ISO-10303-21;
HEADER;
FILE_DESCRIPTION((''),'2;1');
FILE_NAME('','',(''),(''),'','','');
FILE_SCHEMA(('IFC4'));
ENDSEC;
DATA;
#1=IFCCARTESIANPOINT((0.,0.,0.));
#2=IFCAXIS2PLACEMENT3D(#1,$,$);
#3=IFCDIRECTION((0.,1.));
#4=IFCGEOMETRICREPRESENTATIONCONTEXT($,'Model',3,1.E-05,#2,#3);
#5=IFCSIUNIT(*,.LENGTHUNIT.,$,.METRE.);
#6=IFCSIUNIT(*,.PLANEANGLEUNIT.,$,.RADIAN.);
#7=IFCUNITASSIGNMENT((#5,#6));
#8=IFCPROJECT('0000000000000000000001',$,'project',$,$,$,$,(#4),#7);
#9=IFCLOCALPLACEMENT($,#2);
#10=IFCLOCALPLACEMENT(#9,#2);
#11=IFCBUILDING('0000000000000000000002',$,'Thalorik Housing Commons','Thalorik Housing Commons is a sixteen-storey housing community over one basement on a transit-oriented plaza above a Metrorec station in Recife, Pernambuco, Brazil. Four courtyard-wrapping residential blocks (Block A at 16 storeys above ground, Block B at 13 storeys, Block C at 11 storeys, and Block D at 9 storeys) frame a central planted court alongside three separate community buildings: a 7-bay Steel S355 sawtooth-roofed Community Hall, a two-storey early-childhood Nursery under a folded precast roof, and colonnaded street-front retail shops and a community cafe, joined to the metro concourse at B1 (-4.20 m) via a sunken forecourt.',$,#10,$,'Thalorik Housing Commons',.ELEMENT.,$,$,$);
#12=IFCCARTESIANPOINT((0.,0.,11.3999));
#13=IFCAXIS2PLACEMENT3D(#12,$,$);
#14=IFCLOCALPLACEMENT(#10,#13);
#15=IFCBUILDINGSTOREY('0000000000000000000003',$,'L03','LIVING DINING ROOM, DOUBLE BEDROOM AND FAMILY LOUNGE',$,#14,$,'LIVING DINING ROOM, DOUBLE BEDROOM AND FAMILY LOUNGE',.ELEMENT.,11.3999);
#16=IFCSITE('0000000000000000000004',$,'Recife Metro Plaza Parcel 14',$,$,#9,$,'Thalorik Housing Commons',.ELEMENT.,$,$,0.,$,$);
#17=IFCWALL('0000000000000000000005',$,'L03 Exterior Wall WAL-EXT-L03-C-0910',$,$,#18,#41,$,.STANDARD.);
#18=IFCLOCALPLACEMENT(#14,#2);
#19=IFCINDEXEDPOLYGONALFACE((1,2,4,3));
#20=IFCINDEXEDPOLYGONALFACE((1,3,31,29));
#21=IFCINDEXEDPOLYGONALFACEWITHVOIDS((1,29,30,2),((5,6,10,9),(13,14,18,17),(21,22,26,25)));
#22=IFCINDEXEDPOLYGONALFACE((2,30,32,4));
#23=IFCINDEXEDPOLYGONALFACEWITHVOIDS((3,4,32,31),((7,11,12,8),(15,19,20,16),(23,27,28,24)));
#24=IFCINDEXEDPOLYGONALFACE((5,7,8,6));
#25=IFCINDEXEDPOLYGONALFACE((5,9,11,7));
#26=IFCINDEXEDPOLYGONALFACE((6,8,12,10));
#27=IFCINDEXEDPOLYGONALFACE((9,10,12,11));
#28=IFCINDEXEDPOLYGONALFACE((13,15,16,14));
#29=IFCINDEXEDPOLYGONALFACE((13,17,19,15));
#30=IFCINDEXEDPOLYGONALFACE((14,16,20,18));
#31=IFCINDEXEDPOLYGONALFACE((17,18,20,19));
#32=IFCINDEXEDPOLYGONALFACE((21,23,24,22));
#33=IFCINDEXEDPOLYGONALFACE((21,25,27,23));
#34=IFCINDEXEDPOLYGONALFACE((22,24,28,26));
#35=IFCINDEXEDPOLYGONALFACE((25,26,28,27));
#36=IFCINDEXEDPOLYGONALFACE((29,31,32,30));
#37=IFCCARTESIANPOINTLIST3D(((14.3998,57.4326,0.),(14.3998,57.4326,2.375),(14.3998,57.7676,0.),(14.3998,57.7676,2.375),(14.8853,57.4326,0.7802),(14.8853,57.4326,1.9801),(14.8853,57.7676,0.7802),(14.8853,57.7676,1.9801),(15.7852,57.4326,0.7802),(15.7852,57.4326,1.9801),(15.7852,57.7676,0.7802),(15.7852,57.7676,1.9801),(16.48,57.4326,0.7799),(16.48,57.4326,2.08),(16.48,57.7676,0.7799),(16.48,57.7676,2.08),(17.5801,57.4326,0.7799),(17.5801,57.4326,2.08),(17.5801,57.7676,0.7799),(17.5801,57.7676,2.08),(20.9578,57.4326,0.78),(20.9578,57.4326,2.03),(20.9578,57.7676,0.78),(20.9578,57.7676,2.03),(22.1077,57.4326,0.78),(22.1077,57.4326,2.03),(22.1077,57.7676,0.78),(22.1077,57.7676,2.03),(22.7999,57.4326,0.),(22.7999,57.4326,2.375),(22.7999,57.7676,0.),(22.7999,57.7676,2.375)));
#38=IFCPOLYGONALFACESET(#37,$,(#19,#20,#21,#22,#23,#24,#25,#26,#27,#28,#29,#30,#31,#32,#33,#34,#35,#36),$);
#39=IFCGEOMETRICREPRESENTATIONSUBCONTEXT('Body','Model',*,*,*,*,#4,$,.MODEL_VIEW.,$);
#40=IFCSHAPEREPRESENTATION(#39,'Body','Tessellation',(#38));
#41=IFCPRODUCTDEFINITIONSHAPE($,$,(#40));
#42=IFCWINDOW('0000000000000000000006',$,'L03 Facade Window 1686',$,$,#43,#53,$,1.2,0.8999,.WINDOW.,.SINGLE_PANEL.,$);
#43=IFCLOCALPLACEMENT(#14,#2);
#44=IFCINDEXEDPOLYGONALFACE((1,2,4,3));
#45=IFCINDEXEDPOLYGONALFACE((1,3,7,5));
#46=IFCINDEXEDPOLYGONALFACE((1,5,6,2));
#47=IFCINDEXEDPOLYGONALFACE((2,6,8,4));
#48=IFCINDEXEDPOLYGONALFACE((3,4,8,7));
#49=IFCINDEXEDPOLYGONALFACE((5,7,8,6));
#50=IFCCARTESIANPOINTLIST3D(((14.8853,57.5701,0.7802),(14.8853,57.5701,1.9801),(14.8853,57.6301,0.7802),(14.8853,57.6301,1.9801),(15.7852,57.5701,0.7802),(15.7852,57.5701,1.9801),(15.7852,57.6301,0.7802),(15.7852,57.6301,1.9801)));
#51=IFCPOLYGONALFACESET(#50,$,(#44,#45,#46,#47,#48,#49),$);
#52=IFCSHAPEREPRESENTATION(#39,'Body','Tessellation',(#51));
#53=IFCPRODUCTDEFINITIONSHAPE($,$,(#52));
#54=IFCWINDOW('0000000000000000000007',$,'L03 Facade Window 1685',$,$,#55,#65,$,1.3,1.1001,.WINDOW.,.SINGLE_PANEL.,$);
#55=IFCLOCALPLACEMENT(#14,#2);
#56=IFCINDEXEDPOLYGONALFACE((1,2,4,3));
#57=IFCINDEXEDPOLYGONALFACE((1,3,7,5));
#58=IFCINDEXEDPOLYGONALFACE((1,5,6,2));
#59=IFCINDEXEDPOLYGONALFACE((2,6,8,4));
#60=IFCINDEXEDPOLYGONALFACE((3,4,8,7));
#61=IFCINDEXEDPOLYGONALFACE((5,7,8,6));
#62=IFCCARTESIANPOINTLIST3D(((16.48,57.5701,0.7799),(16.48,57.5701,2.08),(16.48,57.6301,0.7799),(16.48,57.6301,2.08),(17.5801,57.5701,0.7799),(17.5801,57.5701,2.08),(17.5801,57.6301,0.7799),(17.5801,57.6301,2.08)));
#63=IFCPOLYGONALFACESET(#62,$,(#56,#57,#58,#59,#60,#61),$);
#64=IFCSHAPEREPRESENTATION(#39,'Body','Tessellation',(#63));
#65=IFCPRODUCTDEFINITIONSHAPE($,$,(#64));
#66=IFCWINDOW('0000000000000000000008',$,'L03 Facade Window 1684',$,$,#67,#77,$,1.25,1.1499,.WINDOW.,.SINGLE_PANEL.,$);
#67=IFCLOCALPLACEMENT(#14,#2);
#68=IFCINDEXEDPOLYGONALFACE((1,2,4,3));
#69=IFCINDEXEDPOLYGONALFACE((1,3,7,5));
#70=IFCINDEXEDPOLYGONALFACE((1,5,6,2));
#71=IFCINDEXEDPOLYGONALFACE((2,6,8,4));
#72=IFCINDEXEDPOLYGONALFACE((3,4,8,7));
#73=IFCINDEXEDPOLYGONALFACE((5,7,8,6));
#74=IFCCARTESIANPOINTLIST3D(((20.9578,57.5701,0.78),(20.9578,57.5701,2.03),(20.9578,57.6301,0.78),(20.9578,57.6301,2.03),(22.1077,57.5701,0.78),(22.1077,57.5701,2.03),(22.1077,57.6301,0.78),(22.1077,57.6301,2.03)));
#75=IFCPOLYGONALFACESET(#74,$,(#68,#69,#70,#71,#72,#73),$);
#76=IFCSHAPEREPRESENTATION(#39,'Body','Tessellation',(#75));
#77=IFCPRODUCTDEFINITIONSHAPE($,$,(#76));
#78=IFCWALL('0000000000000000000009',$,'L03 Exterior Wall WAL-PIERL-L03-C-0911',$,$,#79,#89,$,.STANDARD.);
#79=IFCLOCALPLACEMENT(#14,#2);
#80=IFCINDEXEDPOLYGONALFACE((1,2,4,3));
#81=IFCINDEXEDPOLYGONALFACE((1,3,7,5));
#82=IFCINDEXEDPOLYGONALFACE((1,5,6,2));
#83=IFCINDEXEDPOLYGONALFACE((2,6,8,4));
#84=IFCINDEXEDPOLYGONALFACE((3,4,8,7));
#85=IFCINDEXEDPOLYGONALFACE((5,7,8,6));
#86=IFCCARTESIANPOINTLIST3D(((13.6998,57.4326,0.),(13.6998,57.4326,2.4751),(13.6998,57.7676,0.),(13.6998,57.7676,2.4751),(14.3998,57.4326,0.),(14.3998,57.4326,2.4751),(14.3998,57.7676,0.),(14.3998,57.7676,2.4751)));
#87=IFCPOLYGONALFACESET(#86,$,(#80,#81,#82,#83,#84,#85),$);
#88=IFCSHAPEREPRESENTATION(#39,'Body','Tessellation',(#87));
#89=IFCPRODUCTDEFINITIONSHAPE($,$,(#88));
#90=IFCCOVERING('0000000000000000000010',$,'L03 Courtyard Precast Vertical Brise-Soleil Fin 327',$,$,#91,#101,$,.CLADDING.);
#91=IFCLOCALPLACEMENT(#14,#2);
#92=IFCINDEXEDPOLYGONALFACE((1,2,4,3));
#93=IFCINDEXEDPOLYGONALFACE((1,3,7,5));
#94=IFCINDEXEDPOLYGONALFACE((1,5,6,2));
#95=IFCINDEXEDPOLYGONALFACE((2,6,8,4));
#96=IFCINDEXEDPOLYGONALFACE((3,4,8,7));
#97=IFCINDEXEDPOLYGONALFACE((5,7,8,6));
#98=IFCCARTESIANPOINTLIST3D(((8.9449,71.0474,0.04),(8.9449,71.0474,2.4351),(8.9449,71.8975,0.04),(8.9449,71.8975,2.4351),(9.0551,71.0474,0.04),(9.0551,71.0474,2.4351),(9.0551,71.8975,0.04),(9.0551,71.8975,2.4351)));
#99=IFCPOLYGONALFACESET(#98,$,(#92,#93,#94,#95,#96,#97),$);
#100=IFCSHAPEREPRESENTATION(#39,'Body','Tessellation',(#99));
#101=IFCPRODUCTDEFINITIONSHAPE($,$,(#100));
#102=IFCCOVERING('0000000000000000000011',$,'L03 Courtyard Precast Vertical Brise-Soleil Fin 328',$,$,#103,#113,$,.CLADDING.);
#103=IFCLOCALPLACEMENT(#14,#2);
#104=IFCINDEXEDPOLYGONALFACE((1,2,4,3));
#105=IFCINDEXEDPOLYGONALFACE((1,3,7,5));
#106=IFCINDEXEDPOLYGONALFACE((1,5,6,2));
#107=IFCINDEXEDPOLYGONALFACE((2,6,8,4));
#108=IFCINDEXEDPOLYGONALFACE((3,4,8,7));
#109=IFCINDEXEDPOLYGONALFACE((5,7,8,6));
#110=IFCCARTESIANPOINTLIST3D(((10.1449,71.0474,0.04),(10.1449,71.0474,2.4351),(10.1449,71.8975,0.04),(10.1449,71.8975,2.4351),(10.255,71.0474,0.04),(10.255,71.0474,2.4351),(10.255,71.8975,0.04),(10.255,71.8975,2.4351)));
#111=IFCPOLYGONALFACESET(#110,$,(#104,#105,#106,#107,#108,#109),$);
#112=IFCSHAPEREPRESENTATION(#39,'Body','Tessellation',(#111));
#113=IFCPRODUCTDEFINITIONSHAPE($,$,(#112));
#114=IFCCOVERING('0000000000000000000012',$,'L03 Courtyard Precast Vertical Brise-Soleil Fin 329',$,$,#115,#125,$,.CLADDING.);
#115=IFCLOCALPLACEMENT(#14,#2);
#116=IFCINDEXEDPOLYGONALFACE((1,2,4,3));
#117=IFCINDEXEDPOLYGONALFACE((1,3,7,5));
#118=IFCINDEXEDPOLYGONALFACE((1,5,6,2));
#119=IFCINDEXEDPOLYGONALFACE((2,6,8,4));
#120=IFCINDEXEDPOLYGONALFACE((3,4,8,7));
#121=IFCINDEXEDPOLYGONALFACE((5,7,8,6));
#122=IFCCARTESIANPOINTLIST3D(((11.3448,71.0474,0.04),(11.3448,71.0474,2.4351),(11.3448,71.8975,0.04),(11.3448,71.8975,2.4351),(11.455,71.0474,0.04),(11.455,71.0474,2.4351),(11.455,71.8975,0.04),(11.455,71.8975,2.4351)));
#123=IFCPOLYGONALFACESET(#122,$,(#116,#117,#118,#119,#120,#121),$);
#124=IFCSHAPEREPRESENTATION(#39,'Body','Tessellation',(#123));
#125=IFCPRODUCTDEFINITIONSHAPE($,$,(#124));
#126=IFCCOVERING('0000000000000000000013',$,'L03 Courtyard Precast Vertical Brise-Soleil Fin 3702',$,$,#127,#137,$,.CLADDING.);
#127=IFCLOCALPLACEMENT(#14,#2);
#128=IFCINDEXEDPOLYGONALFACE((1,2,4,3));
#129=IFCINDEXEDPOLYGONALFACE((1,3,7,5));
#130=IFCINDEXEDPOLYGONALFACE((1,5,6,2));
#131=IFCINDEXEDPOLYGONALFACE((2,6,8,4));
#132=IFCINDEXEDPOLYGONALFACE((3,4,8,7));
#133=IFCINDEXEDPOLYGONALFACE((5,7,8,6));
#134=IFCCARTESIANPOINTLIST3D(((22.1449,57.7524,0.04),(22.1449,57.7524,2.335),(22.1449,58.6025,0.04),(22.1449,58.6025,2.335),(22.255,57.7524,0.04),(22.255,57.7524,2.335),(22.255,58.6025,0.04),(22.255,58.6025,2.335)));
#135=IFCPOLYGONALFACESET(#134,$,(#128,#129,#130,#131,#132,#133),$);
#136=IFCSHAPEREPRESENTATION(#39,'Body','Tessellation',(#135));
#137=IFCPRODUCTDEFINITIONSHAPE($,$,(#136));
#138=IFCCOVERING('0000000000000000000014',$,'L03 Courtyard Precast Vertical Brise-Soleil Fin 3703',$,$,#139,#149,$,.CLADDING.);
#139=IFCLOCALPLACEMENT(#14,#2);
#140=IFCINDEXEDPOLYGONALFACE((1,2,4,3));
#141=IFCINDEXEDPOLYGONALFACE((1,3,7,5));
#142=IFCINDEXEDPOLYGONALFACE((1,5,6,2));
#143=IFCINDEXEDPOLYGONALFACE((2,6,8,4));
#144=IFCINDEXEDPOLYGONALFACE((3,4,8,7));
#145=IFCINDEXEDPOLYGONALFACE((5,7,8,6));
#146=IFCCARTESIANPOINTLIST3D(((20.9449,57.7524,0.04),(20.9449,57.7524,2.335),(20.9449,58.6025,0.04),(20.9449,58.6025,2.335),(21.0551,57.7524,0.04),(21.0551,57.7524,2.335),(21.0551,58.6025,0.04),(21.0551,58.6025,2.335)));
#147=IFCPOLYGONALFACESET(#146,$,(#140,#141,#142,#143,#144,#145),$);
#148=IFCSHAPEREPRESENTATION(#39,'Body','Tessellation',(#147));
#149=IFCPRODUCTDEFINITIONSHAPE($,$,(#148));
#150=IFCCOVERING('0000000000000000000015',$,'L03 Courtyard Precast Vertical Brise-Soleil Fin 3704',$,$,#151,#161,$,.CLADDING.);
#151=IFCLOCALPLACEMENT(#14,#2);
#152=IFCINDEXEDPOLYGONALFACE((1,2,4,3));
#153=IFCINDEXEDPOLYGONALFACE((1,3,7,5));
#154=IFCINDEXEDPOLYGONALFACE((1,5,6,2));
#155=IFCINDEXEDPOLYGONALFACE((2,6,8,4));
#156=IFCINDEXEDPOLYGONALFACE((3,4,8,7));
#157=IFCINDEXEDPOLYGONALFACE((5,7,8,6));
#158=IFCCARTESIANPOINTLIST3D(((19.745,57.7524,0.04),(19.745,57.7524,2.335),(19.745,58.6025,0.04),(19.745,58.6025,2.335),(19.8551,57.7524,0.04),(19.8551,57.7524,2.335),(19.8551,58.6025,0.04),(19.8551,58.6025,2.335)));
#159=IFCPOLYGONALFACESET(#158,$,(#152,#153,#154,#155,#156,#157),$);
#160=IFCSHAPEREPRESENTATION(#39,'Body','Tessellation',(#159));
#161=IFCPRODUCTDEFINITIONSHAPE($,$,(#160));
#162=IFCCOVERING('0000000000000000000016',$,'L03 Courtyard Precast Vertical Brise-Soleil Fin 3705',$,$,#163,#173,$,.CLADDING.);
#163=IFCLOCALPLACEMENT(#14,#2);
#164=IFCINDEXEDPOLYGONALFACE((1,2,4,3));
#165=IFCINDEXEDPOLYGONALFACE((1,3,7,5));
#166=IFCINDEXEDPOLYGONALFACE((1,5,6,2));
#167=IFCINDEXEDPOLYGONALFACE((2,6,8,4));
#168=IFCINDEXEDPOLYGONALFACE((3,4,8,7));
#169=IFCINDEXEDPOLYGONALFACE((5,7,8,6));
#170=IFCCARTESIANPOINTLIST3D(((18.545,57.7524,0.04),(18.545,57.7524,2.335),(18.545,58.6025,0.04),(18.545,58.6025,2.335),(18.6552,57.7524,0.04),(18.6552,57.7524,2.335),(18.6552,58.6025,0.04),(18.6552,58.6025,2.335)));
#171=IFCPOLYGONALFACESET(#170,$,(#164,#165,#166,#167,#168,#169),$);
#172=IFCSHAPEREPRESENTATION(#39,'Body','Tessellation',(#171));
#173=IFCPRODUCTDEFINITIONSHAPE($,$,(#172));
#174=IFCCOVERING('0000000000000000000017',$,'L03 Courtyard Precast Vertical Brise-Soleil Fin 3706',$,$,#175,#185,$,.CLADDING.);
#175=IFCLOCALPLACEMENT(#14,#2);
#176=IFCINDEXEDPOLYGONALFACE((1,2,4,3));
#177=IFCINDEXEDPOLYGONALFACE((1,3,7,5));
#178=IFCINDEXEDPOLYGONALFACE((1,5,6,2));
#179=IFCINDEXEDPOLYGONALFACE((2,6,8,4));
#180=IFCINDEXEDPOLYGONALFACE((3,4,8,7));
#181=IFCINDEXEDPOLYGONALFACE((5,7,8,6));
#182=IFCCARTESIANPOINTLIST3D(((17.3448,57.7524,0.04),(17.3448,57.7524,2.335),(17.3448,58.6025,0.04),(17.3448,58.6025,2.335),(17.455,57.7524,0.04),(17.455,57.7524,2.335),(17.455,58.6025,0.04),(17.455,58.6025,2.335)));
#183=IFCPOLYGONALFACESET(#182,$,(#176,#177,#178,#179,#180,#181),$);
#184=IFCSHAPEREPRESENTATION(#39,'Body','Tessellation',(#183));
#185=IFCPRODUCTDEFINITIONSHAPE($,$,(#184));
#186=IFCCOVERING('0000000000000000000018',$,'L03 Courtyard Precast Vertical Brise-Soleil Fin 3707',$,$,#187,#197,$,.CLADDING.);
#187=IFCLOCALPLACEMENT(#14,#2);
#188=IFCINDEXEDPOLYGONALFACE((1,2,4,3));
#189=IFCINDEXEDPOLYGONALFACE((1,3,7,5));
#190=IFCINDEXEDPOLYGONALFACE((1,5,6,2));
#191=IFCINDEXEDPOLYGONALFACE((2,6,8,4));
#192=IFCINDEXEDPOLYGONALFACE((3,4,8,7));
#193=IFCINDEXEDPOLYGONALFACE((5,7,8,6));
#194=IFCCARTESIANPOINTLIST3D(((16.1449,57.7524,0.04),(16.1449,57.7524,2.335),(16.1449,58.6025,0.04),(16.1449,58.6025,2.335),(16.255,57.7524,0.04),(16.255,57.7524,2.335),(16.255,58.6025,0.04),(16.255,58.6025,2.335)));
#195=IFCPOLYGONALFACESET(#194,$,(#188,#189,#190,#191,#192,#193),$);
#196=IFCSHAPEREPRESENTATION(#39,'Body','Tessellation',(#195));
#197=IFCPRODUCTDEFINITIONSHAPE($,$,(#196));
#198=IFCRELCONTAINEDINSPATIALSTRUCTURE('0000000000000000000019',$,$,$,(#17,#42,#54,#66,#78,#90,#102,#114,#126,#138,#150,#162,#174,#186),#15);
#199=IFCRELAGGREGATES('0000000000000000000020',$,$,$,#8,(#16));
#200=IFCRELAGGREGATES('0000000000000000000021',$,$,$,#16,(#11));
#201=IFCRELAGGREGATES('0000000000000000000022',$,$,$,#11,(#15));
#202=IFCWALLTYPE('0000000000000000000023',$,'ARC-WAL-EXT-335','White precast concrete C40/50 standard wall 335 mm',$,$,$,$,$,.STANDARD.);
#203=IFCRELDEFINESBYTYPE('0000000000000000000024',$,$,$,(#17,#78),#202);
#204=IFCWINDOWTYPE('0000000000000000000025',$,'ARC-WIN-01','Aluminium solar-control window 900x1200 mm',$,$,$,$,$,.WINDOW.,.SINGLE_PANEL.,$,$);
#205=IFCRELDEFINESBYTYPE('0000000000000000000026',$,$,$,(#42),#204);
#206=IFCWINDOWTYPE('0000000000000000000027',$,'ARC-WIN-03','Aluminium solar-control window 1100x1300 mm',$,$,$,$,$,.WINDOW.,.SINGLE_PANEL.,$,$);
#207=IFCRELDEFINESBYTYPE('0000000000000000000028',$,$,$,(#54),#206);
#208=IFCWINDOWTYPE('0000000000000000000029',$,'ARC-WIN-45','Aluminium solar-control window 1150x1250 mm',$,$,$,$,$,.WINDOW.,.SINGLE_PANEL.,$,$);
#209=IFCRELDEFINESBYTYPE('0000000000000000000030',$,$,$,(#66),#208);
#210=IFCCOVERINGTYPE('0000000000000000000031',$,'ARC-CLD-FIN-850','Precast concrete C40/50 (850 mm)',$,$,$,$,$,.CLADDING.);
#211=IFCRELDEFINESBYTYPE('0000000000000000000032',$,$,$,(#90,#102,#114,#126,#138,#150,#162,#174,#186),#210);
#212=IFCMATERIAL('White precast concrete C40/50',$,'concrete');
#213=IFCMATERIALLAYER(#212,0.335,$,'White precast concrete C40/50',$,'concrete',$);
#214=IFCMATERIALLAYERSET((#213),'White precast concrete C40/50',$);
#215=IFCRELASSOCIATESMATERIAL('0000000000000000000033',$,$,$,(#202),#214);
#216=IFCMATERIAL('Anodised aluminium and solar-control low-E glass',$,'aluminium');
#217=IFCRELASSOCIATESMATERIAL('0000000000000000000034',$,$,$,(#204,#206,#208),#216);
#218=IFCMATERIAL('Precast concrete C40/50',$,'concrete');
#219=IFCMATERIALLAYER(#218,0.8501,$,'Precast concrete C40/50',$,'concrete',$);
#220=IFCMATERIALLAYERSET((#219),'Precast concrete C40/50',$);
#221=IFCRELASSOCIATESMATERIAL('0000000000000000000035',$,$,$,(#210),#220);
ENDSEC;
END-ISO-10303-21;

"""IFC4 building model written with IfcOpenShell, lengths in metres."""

from ifc_helpers import new_model, si_unit, direction, frame, frame_2d, origin, origin_2d, place, context, subcontext, project, spatial, rectangle, extrude, material, layer, layer_set, type_object, element, fill, save


model = new_model("IFC4")

# Units and contexts
model_context = context("Model", 3, precision=1e-05, world=origin(), true_north=direction((0.0, 1.0)))
body_context = subcontext(model_context, "Body", "Model", "MODEL_VIEW")
ifc_project = project(units=[si_unit("LENGTHUNIT", "METRE"), si_unit("PLANEANGLEUNIT", "RADIAN")], contexts=[model_context])

# Site, building, storey
site_placement = place(None, origin())
site = spatial("IfcSite", under=ifc_project, at=site_placement, Name="Recife Metro Plaza Parcel 14", LongName="Thalorik Housing Commons", CompositionType="ELEMENT", RefElevation=0.0)
building_placement = place(site_placement, origin())
building = spatial("IfcBuilding", under=site, at=building_placement, Name="Thalorik Housing Commons", Description="Thalorik Housing Commons is a sixteen-storey housing community over one basement on a transit-oriented plaza above a Metrorec station in Recife, Pernambuco, Brazil. Four courtyard-wrapping residential blocks (Block A at 16 storeys above ground, Block B at 13 storeys, Block C at 11 storeys, and Block D at 9 storeys) frame a central planted court alongside three separate community buildings: a 7-bay Steel S355 sawtooth-roofed Community Hall, a two-storey early-childhood Nursery under a folded precast roof, and colonnaded street-front retail shops and a community cafe, joined to the metro concourse at B1 (-4.20 m) via a sunken forecourt.", LongName="Thalorik Housing Commons", CompositionType="ELEMENT")
storey_placement = place(building_placement, frame((0.0, 0.0, 11.3999)))
storey = spatial("IfcBuildingStorey", under=building, at=storey_placement, Name="L03", Description="LIVING DINING ROOM, DOUBLE BEDROOM AND FAMILY LOUNGE", LongName="LIVING DINING ROOM, DOUBLE BEDROOM AND FAMILY LOUNGE", CompositionType="ELEMENT", Elevation=11.3999)

# Shared definitions
ifc_material_1 = material(Name="Precast concrete C40/50", Category="concrete")

# Shared definitions
ifc_material_2 = material(Name="Anodised aluminium and solar-control low-E glass", Category="aluminium")

# Wall, openings, windows
ifc_material_3 = material(Name="White precast concrete C40/50", Category="concrete")
ifc_layer_1 = layer(ifc_material_3, 0.335, Name="White precast concrete C40/50", Category="concrete")
ifc_layer_set_1 = layer_set([ifc_layer_1], Name="White precast concrete C40/50")
wall_type = type_object("IfcWallType", Name="ARC-WAL-EXT-335", Description="White precast concrete C40/50 standard wall 335 mm", PredefinedType="STANDARD", material=ifc_layer_set_1)
wall_1_placement = place(storey_placement, frame((22.8, 57.6001, 0.0), z_axis=(0.0, 0.0, 1.0), x_axis=(-1.0, 0.0, 0.0)))
wall_1 = element("IfcWall", 1, at=wall_1_placement, inside=storey, type_object=wall_type, Name="L03 Exterior Wall WAL-EXT-L03-C-0910", PredefinedType="STANDARD", context=body_context, shape_type="SweptSolid", body=[
    extrude(rectangle(XDim=8.4001, YDim=0.335, at=frame_2d((4.2002, 0.0))), origin(), (0.0, 0.0, 1.0), 2.375),
])
opening_1_placement = place(wall_1_placement, frame((0.6924, 0.0, 0.78)))
opening_1 = element("IfcOpeningElement", 2, at=opening_1_placement, cuts=wall_1, PredefinedType="OPENING", context=body_context, shape_type="SweptSolid", body=[
    extrude(rectangle(XDim=1.1499, YDim=1.25, at=frame_2d((0.575, 0.625))), frame((0.0, 0.1775, 0.0), z_axis=(0.0, -1.0, 0.0), x_axis=(1.0, 0.0, 0.0)), (0.0, 0.0, 1.0), 0.355),
])
opening_2_placement = place(wall_1_placement, frame((5.22, 0.0, 0.78)))
opening_2 = element("IfcOpeningElement", 3, at=opening_2_placement, cuts=wall_1, PredefinedType="OPENING", context=body_context, shape_type="SweptSolid", body=[
    extrude(rectangle(XDim=1.1001, YDim=1.3, at=frame_2d((0.55, 0.6499))), frame((0.0, 0.1775, 0.0), z_axis=(0.0, -1.0, 0.0), x_axis=(1.0, 0.0, 0.0)), (0.0, 0.0, 1.0), 0.355),
])
opening_3_placement = place(wall_1_placement, frame((7.0149, 0.0, 0.78)))
opening_3 = element("IfcOpeningElement", 4, at=opening_3_placement, cuts=wall_1, PredefinedType="OPENING", context=body_context, shape_type="SweptSolid", body=[
    extrude(rectangle(XDim=0.8999, YDim=1.2, at=frame_2d((0.45, 0.6001))), frame((0.0, 0.1775, 0.0), z_axis=(0.0, -1.0, 0.0), x_axis=(1.0, 0.0, 0.0)), (0.0, 0.0, 1.0), 0.355),
])
window_type_1 = type_object("IfcWindowType", Name="ARC-WIN-01", Description="Aluminium solar-control window 900x1200 mm", PartitioningType="SINGLE_PANEL", PredefinedType="WINDOW", material=ifc_material_2)
window_1_placement = place(opening_3_placement, origin())
window_1 = element("IfcWindow", 5, at=window_1_placement, inside=storey, type_object=window_type_1, Name="L03 Facade Window 1686", OverallHeight=1.2, OverallWidth=0.8999, PartitioningType="SINGLE_PANEL", PredefinedType="WINDOW", context=body_context, shape_type="SweptSolid", body=[
    extrude(rectangle(XDim=0.8999, YDim=1.2, at=frame_2d((0.45, 0.6001))), frame((0.0, 0.03, 0.0), z_axis=(0.0, -1.0, 0.0), x_axis=(1.0, 0.0, 0.0)), (0.0, 0.0, 1.0), 0.0601),
])
fill(opening_3, window_1)
window_type_2 = type_object("IfcWindowType", Name="ARC-WIN-03", Description="Aluminium solar-control window 1100x1300 mm", PartitioningType="SINGLE_PANEL", PredefinedType="WINDOW", material=ifc_material_2)
window_2_placement = place(opening_2_placement, origin())
window_2 = element("IfcWindow", 6, at=window_2_placement, inside=storey, type_object=window_type_2, Name="L03 Facade Window 1685", OverallHeight=1.3, OverallWidth=1.1001, PartitioningType="SINGLE_PANEL", PredefinedType="WINDOW", context=body_context, shape_type="SweptSolid", body=[
    extrude(rectangle(XDim=1.1001, YDim=1.3, at=frame_2d((0.55, 0.6499))), frame((0.0, 0.03, 0.0), z_axis=(0.0, -1.0, 0.0), x_axis=(1.0, 0.0, 0.0)), (0.0, 0.0, 1.0), 0.0601),
])
fill(opening_2, window_2)
window_type_3 = type_object("IfcWindowType", Name="ARC-WIN-45", Description="Aluminium solar-control window 1150x1250 mm", PartitioningType="SINGLE_PANEL", PredefinedType="WINDOW", material=ifc_material_2)
window_3_placement = place(opening_1_placement, origin())
window_3 = element("IfcWindow", 7, at=window_3_placement, inside=storey, type_object=window_type_3, Name="L03 Facade Window 1684", OverallHeight=1.25, OverallWidth=1.1499, PartitioningType="SINGLE_PANEL", PredefinedType="WINDOW", context=body_context, shape_type="SweptSolid", body=[
    extrude(rectangle(XDim=1.1499, YDim=1.25, at=frame_2d((0.575, 0.625))), frame((0.0, 0.03, 0.0), z_axis=(0.0, -1.0, 0.0), x_axis=(1.0, 0.0, 0.0)), (0.0, 0.0, 1.0), 0.0601),
])
fill(opening_1, window_3)

# Wall
wall_2_placement = place(storey_placement, frame((14.3999, 57.6001, 0.0), z_axis=(0.0, 0.0, 1.0), x_axis=(-1.0, 0.0, 0.0)))
element("IfcWall", 8, at=wall_2_placement, inside=storey, type_object=wall_type, Name="L03 Exterior Wall WAL-PIERL-L03-C-0911", PredefinedType="STANDARD", context=body_context, shape_type="SweptSolid", body=[
    extrude(rectangle(XDim=0.7, YDim=0.335, at=frame_2d((0.3501, 0.0))), origin(), (0.0, 0.0, 1.0), 2.4751),
])

# Coverings
ifc_layer_2 = layer(ifc_material_1, 0.8501, Name="Precast concrete C40/50", Category="concrete")
ifc_layer_set_2 = layer_set([ifc_layer_2], Name="Precast concrete C40/50")
covering_type_1 = type_object("IfcCoveringType", Name="ARC-CLD-FIN-850", Description="Precast concrete C40/50 (850 mm)", PredefinedType="CLADDING", material=ifc_layer_set_2)
for number, where, z_axis, x_axis, name in (
    (9, (9.0, 71.4724, 0.04), (0.0, 0.0, 1.0), (1.0, 0.0, 0.0), "L03 Courtyard Precast Vertical Brise-Soleil Fin 327"),
    (10, (10.2, 71.4724, 0.04), (0.0, 0.0, 1.0), (1.0, 0.0, 0.0), "L03 Courtyard Precast Vertical Brise-Soleil Fin 328"),
    (11, (11.3999, 71.4724, 0.04), (0.0, 0.0, 1.0), (1.0, 0.0, 0.0), "L03 Courtyard Precast Vertical Brise-Soleil Fin 329"),
):
    element("IfcCovering", number, at=place(storey_placement, frame(where, z_axis=z_axis, x_axis=x_axis)), inside=storey, type_object=covering_type_1, Name=name, PredefinedType="CLADDING", context=body_context, shape_type="SweptSolid", body=[
        extrude(rectangle(XDim=0.1101, YDim=0.8501, at=origin_2d()), origin(), (0.0, 0.0, 1.0), 2.395),
    ])
for number, where, z_axis, x_axis, name in (
    (12, (22.2, 58.1775, 0.04), (0.0, 0.0, 1.0), (-1.0, 0.0, 0.0), "L03 Courtyard Precast Vertical Brise-Soleil Fin 3702"),
    (13, (21.0, 58.1775, 0.04), (0.0, 0.0, 1.0), (-1.0, 0.0, 0.0), "L03 Courtyard Precast Vertical Brise-Soleil Fin 3703"),
    (14, (19.8, 58.1775, 0.04), (0.0, 0.0, 1.0), (-1.0, 0.0, 0.0), "L03 Courtyard Precast Vertical Brise-Soleil Fin 3704"),
    (15, (18.6001, 58.1775, 0.04), (0.0, 0.0, 1.0), (-1.0, 0.0, 0.0), "L03 Courtyard Precast Vertical Brise-Soleil Fin 3705"),
    (16, (17.3999, 58.1775, 0.04), (0.0, 0.0, 1.0), (-1.0, 0.0, 0.0), "L03 Courtyard Precast Vertical Brise-Soleil Fin 3706"),
    (17, (16.2, 58.1775, 0.04), (0.0, 0.0, 1.0), (-1.0, 0.0, 0.0), "L03 Courtyard Precast Vertical Brise-Soleil Fin 3707"),
):
    element("IfcCovering", number, at=place(storey_placement, frame(where, z_axis=z_axis, x_axis=x_axis)), inside=storey, type_object=covering_type_1, Name=name, PredefinedType="CLADDING", context=body_context, shape_type="SweptSolid", body=[
        extrude(rectangle(XDim=0.1101, YDim=0.8501, at=origin_2d()), origin(), (0.0, 0.0, 1.0), 2.2949),
    ])

save(model, "model.ifc")
